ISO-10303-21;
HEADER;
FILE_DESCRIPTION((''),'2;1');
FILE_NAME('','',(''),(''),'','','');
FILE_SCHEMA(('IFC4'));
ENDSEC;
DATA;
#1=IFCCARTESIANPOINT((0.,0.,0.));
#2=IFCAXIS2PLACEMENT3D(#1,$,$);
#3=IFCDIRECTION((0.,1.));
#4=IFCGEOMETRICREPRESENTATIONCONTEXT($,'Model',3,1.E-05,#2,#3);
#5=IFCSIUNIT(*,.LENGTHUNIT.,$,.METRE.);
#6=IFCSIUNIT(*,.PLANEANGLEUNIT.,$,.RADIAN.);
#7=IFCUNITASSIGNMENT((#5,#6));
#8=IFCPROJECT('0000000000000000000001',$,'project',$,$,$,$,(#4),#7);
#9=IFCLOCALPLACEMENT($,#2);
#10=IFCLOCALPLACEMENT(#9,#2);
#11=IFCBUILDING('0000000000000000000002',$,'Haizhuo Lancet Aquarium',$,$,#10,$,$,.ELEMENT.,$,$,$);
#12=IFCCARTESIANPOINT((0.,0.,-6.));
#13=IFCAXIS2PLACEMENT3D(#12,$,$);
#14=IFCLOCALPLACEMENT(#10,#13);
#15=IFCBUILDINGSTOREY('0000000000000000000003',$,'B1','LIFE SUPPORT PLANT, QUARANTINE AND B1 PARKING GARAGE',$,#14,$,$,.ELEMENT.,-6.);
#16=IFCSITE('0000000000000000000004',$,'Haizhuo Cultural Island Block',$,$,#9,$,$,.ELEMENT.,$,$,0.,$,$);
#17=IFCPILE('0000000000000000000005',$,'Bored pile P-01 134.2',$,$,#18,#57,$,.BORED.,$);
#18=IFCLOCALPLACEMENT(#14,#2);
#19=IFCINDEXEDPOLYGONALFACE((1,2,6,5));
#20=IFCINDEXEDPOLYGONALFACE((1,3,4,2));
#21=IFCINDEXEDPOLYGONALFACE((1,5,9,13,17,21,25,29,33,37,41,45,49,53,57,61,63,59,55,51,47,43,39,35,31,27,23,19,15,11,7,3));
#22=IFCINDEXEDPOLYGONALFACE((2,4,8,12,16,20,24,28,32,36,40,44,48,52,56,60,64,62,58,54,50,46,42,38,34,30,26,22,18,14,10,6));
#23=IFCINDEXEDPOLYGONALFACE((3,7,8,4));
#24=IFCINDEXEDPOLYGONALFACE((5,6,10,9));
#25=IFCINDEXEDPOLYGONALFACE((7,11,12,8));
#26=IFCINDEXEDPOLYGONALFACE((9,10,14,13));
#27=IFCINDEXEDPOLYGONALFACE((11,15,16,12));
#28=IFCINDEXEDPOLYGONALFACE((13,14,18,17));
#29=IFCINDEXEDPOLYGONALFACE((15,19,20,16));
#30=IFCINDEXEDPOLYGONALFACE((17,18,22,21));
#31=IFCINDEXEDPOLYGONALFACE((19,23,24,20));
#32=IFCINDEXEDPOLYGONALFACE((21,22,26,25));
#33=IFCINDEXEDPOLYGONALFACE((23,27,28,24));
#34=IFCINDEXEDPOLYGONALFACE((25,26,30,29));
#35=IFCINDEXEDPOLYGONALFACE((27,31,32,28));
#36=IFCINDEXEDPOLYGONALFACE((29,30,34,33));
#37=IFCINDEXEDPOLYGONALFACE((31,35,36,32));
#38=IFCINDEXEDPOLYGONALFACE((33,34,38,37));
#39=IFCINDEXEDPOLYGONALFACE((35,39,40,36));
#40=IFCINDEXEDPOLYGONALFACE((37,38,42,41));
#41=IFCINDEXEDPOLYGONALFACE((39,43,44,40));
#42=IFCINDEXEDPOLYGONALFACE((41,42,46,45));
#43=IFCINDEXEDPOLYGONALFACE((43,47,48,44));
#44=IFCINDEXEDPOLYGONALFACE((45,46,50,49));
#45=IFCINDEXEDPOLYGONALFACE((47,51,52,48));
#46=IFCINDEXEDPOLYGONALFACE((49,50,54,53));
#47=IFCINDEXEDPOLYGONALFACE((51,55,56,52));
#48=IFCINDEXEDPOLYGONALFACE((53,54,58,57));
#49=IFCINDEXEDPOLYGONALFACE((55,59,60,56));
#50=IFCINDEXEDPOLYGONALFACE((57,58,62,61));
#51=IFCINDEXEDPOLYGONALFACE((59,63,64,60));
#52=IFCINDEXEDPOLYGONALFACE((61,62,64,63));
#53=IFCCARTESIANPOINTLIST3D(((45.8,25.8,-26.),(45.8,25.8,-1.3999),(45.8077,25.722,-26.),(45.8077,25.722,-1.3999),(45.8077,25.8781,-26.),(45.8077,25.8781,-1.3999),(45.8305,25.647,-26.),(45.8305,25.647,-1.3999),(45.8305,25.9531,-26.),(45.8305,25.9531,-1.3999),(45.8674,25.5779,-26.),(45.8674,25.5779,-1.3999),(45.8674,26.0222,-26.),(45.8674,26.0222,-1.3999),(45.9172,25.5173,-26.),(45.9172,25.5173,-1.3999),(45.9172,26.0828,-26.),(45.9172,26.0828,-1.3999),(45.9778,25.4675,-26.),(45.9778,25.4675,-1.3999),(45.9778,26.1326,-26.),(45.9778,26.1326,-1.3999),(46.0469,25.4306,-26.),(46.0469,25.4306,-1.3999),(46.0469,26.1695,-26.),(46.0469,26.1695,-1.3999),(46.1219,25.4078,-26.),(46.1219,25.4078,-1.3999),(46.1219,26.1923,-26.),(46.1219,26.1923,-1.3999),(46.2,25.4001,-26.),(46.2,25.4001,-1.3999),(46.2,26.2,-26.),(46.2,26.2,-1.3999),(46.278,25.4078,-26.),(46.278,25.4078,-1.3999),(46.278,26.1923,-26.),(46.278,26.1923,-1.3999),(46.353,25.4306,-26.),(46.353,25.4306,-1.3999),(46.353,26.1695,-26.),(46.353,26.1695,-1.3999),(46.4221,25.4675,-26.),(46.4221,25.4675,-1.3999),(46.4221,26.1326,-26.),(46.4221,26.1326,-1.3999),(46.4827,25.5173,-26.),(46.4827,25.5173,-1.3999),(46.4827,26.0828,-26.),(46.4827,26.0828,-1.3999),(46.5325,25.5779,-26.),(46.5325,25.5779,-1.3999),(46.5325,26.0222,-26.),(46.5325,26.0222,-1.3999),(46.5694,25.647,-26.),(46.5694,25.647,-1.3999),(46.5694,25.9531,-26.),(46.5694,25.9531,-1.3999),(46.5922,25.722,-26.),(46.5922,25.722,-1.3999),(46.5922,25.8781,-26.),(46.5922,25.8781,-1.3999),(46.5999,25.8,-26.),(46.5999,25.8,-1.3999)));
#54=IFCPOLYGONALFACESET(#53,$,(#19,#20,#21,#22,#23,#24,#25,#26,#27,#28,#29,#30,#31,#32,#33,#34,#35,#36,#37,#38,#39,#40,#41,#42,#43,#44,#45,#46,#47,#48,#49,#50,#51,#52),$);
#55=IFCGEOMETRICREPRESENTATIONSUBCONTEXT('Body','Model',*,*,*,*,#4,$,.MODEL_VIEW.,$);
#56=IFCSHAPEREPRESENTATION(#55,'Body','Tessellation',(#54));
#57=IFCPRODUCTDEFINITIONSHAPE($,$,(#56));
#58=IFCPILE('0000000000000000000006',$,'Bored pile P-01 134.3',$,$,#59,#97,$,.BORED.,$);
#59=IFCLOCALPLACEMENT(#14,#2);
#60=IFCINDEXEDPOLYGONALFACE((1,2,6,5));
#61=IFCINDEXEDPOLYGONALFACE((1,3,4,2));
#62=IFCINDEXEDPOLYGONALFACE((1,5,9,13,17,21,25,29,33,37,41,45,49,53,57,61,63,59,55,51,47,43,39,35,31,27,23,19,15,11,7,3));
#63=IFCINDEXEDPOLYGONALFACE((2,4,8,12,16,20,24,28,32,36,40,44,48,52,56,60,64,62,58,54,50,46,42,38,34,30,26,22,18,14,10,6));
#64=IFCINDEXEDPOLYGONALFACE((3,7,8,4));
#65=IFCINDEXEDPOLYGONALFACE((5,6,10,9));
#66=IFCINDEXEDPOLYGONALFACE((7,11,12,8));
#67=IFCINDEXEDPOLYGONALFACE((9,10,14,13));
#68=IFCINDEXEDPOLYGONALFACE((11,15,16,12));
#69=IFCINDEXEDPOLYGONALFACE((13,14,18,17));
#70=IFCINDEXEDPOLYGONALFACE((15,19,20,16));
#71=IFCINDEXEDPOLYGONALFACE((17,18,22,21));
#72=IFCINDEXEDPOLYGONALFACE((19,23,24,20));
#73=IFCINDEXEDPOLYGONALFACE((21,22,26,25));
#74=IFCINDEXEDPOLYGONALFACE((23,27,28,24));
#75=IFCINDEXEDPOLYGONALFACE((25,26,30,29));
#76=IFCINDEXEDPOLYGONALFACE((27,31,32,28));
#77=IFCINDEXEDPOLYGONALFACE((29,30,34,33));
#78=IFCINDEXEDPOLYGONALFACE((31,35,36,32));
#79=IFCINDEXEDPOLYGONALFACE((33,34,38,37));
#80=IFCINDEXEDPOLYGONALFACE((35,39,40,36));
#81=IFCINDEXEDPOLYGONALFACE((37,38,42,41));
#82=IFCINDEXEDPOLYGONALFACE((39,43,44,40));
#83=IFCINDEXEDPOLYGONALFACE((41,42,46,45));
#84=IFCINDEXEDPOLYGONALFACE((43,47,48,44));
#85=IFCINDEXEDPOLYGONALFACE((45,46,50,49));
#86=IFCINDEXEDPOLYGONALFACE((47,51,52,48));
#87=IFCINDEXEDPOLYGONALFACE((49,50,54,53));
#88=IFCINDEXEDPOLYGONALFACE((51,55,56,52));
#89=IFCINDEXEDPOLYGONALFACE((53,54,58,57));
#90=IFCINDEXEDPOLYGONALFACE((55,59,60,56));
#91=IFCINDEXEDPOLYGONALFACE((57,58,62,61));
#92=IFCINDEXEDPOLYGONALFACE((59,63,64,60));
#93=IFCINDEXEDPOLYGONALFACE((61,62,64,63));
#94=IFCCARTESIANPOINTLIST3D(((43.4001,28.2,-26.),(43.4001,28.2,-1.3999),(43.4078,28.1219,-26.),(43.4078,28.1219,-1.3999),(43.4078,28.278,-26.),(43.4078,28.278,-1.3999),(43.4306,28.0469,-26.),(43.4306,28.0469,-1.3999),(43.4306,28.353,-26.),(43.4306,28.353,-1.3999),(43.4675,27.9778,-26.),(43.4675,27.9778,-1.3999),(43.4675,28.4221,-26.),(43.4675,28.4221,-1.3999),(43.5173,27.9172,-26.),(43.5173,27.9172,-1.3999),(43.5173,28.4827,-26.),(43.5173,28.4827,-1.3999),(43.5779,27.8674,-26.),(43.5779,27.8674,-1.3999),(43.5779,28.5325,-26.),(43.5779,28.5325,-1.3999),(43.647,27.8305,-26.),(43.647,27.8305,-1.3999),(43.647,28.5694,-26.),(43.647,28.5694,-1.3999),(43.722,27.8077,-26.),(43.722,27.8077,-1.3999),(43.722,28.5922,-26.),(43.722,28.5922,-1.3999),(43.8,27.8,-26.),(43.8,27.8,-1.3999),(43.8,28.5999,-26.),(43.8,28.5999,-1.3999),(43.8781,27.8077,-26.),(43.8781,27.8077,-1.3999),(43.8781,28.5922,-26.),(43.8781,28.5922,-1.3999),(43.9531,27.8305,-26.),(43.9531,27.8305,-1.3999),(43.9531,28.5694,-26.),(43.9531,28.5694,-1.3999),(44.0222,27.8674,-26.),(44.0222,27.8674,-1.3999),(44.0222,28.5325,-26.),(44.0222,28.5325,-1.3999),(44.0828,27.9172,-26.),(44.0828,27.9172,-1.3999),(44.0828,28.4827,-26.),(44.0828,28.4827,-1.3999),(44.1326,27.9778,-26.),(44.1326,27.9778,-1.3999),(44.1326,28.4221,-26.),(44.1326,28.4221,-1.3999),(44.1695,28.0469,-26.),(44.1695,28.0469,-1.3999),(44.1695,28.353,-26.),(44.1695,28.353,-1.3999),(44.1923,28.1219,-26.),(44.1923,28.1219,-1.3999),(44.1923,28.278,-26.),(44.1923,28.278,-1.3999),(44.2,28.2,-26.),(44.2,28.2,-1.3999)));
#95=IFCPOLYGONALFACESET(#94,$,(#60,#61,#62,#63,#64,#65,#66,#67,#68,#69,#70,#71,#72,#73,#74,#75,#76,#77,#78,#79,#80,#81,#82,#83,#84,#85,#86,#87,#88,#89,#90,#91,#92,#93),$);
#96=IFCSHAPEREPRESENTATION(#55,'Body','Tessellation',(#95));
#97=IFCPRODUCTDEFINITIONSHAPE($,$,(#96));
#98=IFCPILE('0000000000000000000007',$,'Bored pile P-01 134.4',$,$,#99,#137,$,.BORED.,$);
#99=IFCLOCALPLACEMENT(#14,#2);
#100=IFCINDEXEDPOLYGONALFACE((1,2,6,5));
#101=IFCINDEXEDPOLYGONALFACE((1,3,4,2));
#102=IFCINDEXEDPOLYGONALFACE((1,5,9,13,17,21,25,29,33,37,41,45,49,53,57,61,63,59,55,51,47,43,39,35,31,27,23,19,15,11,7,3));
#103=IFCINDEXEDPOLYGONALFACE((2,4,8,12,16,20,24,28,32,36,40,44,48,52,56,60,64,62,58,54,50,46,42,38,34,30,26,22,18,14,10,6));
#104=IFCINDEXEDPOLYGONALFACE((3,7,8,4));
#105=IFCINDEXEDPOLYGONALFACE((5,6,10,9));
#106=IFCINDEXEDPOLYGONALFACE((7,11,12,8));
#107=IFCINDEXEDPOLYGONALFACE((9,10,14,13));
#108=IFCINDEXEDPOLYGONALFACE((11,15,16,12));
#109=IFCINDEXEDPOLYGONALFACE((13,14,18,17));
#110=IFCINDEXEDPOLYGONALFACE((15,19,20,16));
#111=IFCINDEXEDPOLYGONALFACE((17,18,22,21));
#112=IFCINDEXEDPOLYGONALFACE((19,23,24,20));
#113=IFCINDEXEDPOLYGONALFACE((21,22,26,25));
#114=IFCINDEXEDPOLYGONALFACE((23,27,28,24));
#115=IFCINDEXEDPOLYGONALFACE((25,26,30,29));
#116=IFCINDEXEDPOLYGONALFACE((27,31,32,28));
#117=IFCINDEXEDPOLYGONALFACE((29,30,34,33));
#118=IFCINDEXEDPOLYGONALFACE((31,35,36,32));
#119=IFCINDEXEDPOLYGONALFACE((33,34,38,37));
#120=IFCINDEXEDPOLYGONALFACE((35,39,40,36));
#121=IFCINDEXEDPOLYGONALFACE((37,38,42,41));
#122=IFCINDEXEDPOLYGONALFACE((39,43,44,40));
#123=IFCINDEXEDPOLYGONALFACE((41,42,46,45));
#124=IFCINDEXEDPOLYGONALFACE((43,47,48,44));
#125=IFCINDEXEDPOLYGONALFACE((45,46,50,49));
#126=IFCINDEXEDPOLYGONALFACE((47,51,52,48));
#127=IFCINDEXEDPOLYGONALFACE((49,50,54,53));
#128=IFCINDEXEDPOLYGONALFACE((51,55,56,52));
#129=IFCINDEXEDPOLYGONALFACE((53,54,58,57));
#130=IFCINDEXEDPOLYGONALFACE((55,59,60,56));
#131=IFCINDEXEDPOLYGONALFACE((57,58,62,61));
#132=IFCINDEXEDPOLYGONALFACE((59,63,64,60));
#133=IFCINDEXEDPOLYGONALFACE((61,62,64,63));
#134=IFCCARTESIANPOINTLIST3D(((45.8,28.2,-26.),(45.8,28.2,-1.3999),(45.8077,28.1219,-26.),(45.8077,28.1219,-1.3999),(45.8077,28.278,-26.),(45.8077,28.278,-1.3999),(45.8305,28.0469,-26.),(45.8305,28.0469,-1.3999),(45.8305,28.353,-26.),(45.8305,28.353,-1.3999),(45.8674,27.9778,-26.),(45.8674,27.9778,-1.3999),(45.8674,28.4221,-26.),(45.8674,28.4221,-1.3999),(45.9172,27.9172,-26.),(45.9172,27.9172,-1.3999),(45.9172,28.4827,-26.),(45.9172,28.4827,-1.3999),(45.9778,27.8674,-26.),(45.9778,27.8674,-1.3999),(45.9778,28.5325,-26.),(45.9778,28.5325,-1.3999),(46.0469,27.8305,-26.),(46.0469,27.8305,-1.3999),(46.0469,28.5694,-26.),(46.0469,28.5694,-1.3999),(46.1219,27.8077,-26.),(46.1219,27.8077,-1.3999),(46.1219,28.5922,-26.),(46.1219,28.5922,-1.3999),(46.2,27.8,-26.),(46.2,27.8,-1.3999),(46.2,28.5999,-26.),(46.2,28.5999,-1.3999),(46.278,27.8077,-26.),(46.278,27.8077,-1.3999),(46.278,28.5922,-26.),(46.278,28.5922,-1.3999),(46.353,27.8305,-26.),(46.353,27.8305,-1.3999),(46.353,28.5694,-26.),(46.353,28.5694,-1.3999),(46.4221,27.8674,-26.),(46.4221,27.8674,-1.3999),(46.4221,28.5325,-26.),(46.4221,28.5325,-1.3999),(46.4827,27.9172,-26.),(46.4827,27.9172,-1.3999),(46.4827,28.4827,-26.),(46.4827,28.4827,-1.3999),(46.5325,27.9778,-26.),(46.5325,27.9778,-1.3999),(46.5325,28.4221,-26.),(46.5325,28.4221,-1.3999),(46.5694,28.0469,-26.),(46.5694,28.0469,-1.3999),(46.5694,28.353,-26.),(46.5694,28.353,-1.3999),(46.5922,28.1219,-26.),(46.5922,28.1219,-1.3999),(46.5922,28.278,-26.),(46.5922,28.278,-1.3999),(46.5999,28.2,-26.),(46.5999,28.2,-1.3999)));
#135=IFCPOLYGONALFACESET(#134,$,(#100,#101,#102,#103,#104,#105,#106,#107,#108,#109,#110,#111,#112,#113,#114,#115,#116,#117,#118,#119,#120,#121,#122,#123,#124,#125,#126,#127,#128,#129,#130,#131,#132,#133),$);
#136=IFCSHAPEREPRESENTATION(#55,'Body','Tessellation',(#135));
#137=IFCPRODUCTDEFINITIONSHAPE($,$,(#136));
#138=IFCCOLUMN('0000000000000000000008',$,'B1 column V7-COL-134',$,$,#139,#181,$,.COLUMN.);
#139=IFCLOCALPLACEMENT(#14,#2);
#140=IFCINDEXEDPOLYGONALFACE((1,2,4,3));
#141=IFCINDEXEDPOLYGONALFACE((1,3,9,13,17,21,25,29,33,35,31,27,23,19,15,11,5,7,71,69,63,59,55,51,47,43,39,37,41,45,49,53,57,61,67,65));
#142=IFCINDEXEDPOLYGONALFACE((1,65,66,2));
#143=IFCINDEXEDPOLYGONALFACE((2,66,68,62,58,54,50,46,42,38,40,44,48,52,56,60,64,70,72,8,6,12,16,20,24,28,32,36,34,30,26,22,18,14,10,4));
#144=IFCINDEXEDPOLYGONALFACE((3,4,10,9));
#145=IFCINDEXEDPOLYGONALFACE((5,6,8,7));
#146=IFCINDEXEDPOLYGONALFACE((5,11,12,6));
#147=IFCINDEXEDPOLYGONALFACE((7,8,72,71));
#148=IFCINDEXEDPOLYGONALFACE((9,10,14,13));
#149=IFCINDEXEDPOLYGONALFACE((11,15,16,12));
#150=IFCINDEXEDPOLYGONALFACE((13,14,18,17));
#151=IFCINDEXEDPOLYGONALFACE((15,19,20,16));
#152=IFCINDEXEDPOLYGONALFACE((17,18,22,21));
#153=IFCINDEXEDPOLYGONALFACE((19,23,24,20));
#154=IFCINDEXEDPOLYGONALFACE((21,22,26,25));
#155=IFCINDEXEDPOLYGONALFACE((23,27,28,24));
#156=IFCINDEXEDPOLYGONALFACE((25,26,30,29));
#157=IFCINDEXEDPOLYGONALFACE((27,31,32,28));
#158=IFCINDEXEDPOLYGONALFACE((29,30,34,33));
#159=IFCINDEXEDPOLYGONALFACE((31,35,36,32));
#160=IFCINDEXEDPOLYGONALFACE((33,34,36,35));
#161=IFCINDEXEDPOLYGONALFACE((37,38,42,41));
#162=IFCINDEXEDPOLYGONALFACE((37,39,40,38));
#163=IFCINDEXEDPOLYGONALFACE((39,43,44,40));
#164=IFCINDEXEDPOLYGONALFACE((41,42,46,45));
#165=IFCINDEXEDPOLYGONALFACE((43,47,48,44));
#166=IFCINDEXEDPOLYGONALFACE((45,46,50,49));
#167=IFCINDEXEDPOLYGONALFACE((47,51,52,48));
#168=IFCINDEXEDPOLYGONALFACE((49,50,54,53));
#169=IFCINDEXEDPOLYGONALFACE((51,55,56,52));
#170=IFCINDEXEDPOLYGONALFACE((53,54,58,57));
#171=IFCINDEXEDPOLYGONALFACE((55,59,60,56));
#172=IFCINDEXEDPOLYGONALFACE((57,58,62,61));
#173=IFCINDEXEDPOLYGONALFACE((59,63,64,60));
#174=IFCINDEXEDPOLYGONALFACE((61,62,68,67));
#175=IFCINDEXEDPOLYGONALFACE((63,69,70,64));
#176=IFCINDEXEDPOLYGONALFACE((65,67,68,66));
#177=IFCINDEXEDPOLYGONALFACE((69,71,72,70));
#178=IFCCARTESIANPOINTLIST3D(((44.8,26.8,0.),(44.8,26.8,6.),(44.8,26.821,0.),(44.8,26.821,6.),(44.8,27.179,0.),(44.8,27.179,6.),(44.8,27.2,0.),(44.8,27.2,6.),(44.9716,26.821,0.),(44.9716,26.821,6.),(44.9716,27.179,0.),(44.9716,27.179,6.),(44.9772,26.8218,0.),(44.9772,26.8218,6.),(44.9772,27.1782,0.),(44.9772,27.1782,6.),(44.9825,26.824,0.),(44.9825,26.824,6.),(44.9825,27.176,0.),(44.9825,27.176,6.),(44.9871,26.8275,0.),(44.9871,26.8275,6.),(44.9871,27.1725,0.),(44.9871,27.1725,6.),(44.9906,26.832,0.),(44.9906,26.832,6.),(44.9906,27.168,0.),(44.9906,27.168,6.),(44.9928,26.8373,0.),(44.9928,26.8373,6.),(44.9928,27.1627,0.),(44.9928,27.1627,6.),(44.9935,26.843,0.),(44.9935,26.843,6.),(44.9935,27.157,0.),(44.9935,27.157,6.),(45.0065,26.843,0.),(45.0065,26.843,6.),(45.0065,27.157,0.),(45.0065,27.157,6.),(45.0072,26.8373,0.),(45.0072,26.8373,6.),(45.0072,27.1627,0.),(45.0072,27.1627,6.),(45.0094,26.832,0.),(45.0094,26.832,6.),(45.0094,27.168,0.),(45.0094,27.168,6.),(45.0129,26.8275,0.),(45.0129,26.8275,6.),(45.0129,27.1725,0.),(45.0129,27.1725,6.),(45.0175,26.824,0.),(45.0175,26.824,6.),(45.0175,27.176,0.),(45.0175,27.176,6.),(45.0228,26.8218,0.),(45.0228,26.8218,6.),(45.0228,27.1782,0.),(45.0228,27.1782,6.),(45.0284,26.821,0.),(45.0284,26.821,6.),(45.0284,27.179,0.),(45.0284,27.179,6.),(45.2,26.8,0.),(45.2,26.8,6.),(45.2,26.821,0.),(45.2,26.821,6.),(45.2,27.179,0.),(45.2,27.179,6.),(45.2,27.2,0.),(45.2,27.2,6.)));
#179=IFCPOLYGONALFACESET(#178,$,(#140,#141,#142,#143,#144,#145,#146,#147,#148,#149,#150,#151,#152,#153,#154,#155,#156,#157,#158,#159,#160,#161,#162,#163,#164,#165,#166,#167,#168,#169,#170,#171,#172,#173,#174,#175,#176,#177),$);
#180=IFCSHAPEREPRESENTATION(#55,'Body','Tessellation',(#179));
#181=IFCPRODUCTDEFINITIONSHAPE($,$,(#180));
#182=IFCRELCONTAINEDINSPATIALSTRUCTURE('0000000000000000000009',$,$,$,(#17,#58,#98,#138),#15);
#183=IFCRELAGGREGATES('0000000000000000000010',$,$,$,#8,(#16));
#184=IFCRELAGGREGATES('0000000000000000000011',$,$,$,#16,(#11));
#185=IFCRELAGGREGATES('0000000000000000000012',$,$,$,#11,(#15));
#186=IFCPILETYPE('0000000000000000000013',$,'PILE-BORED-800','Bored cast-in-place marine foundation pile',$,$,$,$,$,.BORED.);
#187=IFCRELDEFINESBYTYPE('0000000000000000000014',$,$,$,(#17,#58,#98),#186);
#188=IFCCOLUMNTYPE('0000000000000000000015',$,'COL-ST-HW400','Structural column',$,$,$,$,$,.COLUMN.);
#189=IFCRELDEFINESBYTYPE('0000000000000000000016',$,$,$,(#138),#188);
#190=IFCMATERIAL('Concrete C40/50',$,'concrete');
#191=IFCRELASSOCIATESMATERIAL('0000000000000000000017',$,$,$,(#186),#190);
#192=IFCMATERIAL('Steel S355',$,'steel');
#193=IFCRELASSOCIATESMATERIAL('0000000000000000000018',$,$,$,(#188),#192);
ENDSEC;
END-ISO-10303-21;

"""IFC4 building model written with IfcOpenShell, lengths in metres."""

from ifc_helpers import new_model, si_unit, direction, frame, origin, origin_2d, place, context, subcontext, project, spatial, circle, i_section, extrude, material, material_profile, profile_set, type_object, element, save


model = new_model("IFC4")

# Units and contexts
model_context = context("Model", 3, precision=1e-05, world=origin(), true_north=direction((0.0, 1.0)))
body_context = subcontext(model_context, "Body", "Model", "MODEL_VIEW")
ifc_project = project(units=[si_unit("LENGTHUNIT", "METRE"), si_unit("PLANEANGLEUNIT", "RADIAN")], contexts=[model_context])

# Site, building, storey
site_placement = place(None, origin())
site = spatial("IfcSite", under=ifc_project, at=site_placement, Name="Haizhuo Cultural Island Block", CompositionType="ELEMENT", RefElevation=0.0)
building_placement = place(site_placement, origin())
building = spatial("IfcBuilding", under=site, at=building_placement, Name="Haizhuo Lancet Aquarium", CompositionType="ELEMENT")
storey_placement = place(building_placement, frame((0.0, 0.0, -6.0)))
storey = spatial("IfcBuildingStorey", under=building, at=storey_placement, Name="B1", Description="LIFE SUPPORT PLANT, QUARANTINE AND B1 PARKING GARAGE", CompositionType="ELEMENT", Elevation=-6.0)

# Shared definitions
ifc_material_1 = material(Name="Concrete C40/50", Category="concrete")

# Piles
ifc_material_profile_1 = material_profile(ifc_material_1, circle(Radius=0.3999, at=origin_2d()), Name="PILE-800")
ifc_profile_set_1 = profile_set([ifc_material_profile_1], Name="Concrete C40/50")
pile_type = type_object("IfcPileType", Name="PILE-BORED-800", Description="Bored cast-in-place marine foundation pile", PredefinedType="BORED", material=ifc_profile_set_1)
for number, where, z_axis, x_axis, name in (
    (1, (46.2, 25.8, -1.3999), (0.0, 0.0, -1.0), (1.0, 0.0, 0.0), "Bored pile P-01 134.2"),
    (2, (43.8, 28.2, -1.3999), (0.0, 0.0, -1.0), (1.0, 0.0, 0.0), "Bored pile P-01 134.3"),
    (3, (46.2, 28.2, -1.3999), (0.0, 0.0, -1.0), (1.0, 0.0, 0.0), "Bored pile P-01 134.4"),
):
    element("IfcPile", number, at=place(storey_placement, frame(where, z_axis=z_axis, x_axis=x_axis)), inside=storey, type_object=pile_type, Name=name, PredefinedType="BORED", context=body_context, shape_type="SweptSolid", body=[
        extrude(circle(Radius=0.3999, at=origin_2d()), origin(), (0.0, 0.0, 1.0), 24.6001),
    ])

# Column
ifc_material_2 = material(Name="Steel S355", Category="steel")
ifc_material_profile_2 = material_profile(ifc_material_2, i_section(OverallWidth=0.3999, OverallDepth=0.3999, WebThickness=0.0129, FlangeThickness=0.021, FilletRadius=0.022, at=origin_2d()), Name="HW 400x400x13x21")
ifc_profile_set_2 = profile_set([ifc_material_profile_2], Name="Steel S355")
column_type = type_object("IfcColumnType", Name="COL-ST-HW400", Description="Structural column", PredefinedType="COLUMN", material=ifc_profile_set_2)
column_placement = place(storey_placement, frame((45.0, 27.0, 0.0), z_axis=(0.0, 0.0, 1.0), x_axis=(1.0, 0.0, 0.0)))
element("IfcColumn", 4, at=column_placement, inside=storey, type_object=column_type, Name="B1 column V7-COL-134", PredefinedType="COLUMN", context=body_context, shape_type="SweptSolid", body=[
    extrude(i_section(OverallWidth=0.3999, OverallDepth=0.3999, WebThickness=0.0129, FlangeThickness=0.021, FilletRadius=0.022, at=origin_2d()), origin(), (0.0, 0.0, 1.0), 6.0),
])

save(model, "model.ifc")
